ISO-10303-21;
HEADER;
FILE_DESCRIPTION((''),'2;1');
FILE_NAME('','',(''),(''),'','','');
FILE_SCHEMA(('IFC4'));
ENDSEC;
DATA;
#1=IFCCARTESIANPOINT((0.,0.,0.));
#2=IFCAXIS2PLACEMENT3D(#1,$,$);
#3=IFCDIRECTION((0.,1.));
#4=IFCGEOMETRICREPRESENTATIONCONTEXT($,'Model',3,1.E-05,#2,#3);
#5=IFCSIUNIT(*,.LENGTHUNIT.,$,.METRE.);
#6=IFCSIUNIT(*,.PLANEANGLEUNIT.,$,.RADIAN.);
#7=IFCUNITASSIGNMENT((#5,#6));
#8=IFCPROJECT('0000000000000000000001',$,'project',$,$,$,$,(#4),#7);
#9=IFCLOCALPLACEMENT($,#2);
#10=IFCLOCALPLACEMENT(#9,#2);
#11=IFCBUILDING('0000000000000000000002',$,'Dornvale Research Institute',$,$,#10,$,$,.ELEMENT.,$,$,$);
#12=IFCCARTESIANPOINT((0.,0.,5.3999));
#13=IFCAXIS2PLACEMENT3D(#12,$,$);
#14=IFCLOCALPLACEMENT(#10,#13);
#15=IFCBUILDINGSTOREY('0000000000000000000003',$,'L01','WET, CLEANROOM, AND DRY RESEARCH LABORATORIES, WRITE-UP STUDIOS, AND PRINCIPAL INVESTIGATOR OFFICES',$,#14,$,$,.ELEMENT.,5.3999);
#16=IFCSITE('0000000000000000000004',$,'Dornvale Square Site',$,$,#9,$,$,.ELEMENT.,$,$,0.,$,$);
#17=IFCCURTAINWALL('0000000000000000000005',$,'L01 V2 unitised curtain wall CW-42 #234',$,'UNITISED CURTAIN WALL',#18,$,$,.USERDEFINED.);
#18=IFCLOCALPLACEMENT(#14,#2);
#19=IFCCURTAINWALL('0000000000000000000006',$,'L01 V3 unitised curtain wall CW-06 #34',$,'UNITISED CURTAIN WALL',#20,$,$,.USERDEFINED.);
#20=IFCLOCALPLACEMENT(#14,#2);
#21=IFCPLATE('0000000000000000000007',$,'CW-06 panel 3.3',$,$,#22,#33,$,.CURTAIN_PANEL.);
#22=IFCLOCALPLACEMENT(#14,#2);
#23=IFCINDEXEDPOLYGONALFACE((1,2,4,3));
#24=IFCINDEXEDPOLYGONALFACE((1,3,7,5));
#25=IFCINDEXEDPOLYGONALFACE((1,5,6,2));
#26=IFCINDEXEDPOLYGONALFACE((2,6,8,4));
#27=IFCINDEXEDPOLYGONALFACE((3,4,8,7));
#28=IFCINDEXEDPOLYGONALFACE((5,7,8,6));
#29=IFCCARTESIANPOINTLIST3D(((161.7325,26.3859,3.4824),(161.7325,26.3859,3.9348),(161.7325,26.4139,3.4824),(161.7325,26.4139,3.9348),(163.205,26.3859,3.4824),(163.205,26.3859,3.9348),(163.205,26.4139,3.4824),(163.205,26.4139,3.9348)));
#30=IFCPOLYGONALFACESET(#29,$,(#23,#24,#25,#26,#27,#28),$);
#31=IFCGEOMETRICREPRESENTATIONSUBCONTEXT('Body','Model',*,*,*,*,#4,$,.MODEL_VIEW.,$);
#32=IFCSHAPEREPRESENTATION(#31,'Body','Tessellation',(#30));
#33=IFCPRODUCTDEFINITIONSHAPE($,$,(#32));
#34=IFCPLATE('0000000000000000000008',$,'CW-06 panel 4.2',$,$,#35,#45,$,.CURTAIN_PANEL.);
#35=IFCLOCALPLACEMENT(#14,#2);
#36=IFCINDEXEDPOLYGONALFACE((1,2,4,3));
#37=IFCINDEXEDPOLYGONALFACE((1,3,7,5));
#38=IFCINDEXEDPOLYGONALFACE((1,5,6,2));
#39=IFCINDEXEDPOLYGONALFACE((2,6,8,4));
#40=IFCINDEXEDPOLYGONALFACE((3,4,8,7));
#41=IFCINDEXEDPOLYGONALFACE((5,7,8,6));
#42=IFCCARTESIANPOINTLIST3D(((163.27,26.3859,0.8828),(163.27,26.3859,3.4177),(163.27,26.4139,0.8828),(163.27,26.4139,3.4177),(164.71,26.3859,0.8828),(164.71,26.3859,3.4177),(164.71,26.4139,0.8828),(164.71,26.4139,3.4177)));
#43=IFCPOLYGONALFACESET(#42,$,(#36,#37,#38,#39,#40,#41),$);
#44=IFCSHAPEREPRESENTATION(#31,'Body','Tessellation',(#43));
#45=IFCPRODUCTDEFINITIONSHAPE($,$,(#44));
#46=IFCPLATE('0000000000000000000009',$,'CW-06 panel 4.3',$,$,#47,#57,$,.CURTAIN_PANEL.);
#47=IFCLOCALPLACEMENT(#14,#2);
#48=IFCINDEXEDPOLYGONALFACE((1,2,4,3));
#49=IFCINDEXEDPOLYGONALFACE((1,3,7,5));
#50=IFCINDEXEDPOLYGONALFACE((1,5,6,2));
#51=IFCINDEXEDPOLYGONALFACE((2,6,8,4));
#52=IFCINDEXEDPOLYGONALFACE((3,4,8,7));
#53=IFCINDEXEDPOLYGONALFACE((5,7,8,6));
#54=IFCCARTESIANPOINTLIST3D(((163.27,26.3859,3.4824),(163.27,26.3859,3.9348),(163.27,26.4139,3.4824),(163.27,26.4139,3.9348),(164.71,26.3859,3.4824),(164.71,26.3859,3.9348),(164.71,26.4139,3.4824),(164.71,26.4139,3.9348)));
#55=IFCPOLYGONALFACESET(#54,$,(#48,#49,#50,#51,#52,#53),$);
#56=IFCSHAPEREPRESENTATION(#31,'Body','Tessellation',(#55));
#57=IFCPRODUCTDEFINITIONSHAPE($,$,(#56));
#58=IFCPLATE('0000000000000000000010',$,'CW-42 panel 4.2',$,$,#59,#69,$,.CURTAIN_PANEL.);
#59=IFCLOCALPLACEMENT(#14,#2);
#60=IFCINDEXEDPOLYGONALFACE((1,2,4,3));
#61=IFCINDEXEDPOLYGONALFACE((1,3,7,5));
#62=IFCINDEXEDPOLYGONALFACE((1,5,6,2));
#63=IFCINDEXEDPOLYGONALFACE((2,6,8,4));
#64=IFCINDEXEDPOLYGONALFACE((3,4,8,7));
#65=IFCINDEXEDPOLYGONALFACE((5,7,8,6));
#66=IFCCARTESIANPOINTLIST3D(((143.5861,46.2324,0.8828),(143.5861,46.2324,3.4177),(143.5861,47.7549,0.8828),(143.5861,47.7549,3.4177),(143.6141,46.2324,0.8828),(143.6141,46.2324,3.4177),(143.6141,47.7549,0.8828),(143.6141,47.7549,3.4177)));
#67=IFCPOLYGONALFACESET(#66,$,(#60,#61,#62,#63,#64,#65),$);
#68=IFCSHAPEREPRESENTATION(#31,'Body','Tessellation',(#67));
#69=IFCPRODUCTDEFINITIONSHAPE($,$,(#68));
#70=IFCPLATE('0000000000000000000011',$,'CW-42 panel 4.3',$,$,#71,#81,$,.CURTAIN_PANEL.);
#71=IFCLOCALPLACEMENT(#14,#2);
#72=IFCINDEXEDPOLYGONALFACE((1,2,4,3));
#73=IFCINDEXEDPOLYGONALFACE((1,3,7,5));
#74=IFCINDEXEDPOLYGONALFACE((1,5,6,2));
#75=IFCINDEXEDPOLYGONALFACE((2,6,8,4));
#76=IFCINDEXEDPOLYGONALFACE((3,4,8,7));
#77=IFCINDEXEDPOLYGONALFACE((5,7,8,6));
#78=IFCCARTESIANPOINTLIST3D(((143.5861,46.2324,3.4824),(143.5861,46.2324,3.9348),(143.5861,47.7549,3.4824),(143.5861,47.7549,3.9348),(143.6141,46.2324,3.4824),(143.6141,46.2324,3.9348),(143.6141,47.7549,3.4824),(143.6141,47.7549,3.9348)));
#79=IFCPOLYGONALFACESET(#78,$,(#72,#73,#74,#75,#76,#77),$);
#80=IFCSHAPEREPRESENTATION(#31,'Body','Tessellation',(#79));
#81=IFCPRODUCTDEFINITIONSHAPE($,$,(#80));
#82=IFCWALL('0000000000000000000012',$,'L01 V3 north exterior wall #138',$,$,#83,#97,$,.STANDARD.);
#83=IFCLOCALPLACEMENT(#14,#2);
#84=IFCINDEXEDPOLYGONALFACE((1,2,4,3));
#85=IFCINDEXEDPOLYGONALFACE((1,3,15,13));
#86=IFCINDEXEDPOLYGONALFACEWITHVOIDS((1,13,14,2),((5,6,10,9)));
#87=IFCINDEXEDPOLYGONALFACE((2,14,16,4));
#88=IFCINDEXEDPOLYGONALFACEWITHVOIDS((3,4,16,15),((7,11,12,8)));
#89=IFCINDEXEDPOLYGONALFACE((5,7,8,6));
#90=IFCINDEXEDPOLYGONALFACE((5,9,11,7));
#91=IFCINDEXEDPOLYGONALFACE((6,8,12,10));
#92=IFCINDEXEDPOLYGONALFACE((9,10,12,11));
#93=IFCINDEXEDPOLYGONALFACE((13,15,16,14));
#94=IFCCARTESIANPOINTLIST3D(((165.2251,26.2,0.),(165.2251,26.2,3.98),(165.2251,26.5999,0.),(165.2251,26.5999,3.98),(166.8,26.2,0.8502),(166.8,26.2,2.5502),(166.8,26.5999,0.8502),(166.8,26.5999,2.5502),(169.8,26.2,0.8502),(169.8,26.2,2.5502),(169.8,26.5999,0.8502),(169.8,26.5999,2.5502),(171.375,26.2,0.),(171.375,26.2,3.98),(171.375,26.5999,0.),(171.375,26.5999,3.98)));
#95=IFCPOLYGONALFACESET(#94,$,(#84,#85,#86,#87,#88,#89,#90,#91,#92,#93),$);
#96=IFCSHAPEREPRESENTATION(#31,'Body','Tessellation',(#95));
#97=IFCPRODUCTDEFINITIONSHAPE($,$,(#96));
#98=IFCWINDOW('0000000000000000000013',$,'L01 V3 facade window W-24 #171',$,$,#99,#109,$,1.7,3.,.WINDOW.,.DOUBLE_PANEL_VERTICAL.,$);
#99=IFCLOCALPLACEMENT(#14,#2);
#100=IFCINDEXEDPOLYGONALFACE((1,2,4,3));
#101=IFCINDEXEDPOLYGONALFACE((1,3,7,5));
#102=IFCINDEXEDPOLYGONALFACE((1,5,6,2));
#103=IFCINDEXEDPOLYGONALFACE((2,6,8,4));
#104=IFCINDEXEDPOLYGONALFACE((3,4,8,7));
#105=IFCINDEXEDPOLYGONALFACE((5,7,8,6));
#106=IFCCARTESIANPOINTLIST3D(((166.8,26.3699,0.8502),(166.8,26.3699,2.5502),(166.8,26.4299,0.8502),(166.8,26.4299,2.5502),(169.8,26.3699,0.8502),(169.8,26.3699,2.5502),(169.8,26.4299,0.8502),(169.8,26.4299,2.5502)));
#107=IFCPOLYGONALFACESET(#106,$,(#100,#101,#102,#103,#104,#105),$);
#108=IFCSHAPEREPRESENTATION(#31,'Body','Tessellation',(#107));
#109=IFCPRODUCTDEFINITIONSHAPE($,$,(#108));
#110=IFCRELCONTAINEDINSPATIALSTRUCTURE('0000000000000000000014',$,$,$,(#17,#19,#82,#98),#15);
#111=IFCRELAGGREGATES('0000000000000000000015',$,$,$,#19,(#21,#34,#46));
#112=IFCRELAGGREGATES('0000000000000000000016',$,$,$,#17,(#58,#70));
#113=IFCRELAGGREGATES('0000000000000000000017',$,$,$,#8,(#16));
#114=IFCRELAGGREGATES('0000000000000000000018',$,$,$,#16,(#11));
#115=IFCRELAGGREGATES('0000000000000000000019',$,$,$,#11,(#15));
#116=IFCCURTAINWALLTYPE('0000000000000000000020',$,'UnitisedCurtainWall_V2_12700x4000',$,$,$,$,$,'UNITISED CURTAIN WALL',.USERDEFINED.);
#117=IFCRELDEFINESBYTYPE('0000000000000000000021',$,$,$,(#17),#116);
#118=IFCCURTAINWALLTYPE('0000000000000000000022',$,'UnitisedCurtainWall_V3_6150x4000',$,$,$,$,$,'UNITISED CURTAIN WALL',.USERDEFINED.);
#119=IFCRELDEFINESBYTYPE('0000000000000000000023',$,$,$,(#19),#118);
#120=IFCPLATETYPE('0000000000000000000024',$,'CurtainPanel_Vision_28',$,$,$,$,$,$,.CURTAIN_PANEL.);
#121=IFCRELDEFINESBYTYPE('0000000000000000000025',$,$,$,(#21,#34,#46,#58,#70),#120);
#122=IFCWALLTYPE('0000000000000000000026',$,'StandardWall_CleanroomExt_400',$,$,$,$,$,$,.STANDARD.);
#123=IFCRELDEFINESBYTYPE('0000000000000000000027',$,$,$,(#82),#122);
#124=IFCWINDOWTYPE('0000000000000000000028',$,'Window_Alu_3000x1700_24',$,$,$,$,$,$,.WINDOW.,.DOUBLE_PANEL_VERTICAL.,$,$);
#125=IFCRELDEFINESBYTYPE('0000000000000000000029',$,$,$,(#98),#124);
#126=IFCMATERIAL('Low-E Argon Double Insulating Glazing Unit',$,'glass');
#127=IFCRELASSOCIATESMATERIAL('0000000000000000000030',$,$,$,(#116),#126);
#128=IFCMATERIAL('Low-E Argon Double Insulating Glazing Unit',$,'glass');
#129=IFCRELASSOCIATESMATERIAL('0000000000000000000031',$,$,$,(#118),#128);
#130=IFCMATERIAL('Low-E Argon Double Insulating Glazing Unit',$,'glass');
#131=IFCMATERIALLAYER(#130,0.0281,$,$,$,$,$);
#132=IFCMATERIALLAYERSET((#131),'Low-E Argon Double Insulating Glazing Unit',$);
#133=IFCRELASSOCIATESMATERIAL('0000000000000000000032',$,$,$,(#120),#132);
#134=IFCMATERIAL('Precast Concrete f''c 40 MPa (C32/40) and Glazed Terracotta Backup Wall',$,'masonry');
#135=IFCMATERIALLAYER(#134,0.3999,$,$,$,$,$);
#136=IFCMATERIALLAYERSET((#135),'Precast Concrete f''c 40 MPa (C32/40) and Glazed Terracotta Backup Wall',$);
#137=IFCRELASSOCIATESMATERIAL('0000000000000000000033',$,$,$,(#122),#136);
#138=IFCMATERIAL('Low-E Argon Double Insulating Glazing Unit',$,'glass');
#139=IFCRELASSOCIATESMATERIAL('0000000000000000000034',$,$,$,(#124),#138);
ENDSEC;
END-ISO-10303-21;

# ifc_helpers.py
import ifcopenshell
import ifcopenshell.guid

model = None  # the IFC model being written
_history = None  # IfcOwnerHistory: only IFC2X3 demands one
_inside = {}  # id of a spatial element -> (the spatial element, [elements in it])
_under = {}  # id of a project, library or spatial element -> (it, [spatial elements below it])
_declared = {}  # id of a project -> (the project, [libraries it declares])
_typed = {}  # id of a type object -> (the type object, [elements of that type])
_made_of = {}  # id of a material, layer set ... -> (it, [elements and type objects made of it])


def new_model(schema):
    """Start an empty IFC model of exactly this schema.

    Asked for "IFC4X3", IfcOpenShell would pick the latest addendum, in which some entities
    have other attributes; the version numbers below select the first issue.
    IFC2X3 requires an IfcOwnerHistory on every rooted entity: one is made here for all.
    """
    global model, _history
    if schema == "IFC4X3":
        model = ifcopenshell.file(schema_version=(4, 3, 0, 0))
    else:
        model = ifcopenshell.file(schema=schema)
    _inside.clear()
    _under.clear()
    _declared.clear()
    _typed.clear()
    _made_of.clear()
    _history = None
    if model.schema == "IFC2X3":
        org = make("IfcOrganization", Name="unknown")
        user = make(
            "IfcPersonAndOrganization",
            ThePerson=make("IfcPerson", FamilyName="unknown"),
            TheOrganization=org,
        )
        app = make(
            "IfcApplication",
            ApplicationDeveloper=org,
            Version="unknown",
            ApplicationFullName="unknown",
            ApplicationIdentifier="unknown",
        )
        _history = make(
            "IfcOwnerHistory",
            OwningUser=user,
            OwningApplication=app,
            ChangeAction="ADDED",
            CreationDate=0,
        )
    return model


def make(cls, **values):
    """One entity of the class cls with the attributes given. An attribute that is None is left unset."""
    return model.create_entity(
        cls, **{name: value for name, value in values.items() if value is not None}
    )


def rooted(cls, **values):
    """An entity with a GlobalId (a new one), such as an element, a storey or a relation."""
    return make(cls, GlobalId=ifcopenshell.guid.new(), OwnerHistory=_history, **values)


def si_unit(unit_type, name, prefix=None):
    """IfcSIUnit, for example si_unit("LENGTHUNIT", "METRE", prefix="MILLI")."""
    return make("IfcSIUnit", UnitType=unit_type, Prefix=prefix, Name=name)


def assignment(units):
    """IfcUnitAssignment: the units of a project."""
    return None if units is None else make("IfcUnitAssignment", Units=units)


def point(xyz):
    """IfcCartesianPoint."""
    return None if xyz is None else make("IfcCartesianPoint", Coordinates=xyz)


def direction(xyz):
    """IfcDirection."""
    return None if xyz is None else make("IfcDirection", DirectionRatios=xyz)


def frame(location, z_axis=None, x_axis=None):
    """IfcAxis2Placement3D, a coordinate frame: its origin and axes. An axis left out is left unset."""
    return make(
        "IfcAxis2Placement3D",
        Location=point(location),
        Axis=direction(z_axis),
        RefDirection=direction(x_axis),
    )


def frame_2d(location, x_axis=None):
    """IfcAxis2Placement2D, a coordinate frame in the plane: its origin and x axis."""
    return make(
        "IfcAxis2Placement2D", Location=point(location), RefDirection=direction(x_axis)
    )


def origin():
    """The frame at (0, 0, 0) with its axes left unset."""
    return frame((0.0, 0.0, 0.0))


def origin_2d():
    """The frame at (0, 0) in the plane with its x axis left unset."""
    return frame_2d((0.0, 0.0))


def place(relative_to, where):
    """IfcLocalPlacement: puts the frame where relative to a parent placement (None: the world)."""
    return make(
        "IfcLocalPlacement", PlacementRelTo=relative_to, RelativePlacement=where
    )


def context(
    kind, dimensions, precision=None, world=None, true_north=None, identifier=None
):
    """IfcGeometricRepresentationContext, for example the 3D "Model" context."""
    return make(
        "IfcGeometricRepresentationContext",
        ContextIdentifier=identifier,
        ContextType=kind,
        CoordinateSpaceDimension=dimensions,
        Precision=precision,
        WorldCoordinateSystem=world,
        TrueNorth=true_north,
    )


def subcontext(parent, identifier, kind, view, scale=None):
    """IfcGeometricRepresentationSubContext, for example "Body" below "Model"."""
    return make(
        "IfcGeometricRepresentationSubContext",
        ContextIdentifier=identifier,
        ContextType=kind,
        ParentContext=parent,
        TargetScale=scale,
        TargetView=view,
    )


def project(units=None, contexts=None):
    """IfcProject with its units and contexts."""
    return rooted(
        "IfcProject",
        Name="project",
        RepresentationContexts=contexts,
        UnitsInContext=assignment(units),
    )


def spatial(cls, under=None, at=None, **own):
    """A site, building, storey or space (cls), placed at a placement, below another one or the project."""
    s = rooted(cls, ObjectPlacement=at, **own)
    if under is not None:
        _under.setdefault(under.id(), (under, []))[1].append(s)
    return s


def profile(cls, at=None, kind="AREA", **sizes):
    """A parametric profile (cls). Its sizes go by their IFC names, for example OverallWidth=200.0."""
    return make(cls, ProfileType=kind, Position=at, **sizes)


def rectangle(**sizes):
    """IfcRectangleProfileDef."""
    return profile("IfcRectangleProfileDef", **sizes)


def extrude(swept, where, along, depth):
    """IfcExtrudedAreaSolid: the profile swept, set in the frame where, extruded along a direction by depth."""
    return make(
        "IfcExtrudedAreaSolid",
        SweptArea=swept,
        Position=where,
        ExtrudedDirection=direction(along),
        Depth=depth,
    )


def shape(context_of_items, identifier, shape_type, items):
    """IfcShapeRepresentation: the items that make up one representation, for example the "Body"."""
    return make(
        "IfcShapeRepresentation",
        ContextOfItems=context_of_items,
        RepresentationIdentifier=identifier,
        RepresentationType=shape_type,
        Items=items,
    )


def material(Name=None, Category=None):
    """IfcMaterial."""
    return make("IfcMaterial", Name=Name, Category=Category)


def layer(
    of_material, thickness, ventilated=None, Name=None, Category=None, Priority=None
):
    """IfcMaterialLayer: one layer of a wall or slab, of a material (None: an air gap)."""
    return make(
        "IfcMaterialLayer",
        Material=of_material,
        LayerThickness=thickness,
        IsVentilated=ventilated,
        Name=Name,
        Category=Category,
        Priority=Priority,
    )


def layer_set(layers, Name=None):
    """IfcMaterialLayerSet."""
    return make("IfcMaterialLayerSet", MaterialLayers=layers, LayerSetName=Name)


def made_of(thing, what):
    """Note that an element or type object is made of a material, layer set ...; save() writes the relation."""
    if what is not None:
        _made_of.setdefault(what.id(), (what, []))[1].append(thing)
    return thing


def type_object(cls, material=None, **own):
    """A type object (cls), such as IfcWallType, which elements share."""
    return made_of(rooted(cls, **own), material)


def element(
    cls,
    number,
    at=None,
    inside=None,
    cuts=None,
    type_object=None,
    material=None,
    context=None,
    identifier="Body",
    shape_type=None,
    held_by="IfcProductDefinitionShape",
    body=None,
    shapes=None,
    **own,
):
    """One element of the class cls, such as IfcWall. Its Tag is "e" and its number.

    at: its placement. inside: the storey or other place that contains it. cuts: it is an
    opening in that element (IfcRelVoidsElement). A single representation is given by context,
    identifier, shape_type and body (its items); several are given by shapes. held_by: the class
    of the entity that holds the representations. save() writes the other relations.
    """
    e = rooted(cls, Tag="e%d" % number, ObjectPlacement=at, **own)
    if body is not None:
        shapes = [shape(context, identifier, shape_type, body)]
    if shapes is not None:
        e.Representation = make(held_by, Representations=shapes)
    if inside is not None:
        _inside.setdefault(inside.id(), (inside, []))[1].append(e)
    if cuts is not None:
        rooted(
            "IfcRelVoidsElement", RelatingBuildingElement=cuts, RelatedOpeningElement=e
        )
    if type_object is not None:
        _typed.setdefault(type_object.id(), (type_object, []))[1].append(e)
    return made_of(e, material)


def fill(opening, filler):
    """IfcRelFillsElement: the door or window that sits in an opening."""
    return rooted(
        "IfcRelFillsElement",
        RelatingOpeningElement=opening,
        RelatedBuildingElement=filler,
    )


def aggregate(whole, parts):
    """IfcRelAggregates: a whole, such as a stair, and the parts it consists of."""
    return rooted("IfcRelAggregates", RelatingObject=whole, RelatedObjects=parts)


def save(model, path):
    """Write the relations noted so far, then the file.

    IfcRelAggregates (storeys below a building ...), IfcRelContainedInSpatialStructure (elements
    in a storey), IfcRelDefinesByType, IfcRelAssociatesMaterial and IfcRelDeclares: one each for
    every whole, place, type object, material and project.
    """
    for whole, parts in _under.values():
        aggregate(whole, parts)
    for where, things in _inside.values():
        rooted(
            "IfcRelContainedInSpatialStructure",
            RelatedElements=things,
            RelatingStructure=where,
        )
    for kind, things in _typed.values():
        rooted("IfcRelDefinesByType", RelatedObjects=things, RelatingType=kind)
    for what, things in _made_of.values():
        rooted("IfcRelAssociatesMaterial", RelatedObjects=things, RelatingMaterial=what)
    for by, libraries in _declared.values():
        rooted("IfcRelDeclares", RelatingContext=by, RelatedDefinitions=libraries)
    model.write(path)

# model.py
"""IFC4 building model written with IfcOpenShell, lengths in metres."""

from ifc_helpers import new_model, si_unit, direction, frame, frame_2d, origin, origin_2d, place, context, subcontext, project, spatial, rectangle, extrude, material, layer, layer_set, type_object, element, fill, aggregate, save


model = new_model("IFC4")

# Units and contexts
model_context = context("Model", 3, precision=1e-05, world=origin(), true_north=direction((0.0, 1.0)))
body_context = subcontext(model_context, "Body", "Model", "MODEL_VIEW")
ifc_project = project(units=[si_unit("LENGTHUNIT", "METRE"), si_unit("PLANEANGLEUNIT", "RADIAN")], contexts=[model_context])

# Site, building, storey
site_placement = place(None, origin())
site = spatial("IfcSite", under=ifc_project, at=site_placement, Name="Dornvale Square Site", CompositionType="ELEMENT", RefElevation=0.0)
building_placement = place(site_placement, origin())
building = spatial("IfcBuilding", under=site, at=building_placement, Name="Dornvale Research Institute", CompositionType="ELEMENT")
storey_placement = place(building_placement, frame((0.0, 0.0, 5.3999)))
storey = spatial("IfcBuildingStorey", under=building, at=storey_placement, Name="L01", Description="WET, CLEANROOM, AND DRY RESEARCH LABORATORIES, WRITE-UP STUDIOS, AND PRINCIPAL INVESTIGATOR OFFICES", CompositionType="ELEMENT", Elevation=5.3999)

# Curtain wall
ifc_material_1 = material(Name="Low-E Argon Double Insulating Glazing Unit", Category="glass")
curtain_wall_type_1 = type_object("IfcCurtainWallType", Name="UnitisedCurtainWall_V2_12700x4000", ElementType="UNITISED CURTAIN WALL", PredefinedType="USERDEFINED", material=ifc_material_1)
curtain_wall_1_placement = place(storey_placement, origin())
curtain_wall_1 = element("IfcCurtainWall", 1, at=curtain_wall_1_placement, inside=storey, type_object=curtain_wall_type_1, Name="L01 V2 unitised curtain wall CW-42 #234", ObjectType="UNITISED CURTAIN WALL", PredefinedType="USERDEFINED")

# Curtain wall
ifc_material_2 = material(Name="Low-E Argon Double Insulating Glazing Unit", Category="glass")
curtain_wall_type_2 = type_object("IfcCurtainWallType", Name="UnitisedCurtainWall_V3_6150x4000", ElementType="UNITISED CURTAIN WALL", PredefinedType="USERDEFINED", material=ifc_material_2)
curtain_wall_2_placement = place(storey_placement, origin())
curtain_wall_2 = element("IfcCurtainWall", 2, at=curtain_wall_2_placement, inside=storey, type_object=curtain_wall_type_2, Name="L01 V3 unitised curtain wall CW-06 #34", ObjectType="UNITISED CURTAIN WALL", PredefinedType="USERDEFINED")

# Plates
ifc_material_3 = material(Name="Low-E Argon Double Insulating Glazing Unit", Category="glass")
ifc_layer_1 = layer(ifc_material_3, 0.0281)
ifc_layer_set_1 = layer_set([ifc_layer_1], Name="Low-E Argon Double Insulating Glazing Unit")
plate_type_1 = type_object("IfcPlateType", Name="CurtainPanel_Vision_28", PredefinedType="CURTAIN_PANEL", material=ifc_layer_set_1)
plate_1_placement = place(storey_placement, frame((162.4688, 26.3999, 3.4824), z_axis=(0.0, 0.0, 1.0), x_axis=(1.0, 0.0, 0.0)))
plate_1 = element("IfcPlate", 3, at=plate_1_placement, type_object=plate_type_1, Name="CW-06 panel 3.3", PredefinedType="CURTAIN_PANEL", context=body_context, shape_type="SweptSolid", body=[
    extrude(rectangle(XDim=1.4724, YDim=0.0281, at=origin_2d()), origin(), (0.0, 0.0, 1.0), 0.4524),
])
plate_2_placement = place(storey_placement, frame((163.99, 26.3999, 0.8828), z_axis=(0.0, 0.0, 1.0), x_axis=(1.0, 0.0, 0.0)))
plate_2 = element("IfcPlate", 4, at=plate_2_placement, type_object=plate_type_1, Name="CW-06 panel 4.2", PredefinedType="CURTAIN_PANEL", context=body_context, shape_type="SweptSolid", body=[
    extrude(rectangle(XDim=1.4399, YDim=0.0281, at=origin_2d()), origin(), (0.0, 0.0, 1.0), 2.5349),
])
plate_3_placement = place(storey_placement, frame((163.99, 26.3999, 3.4824), z_axis=(0.0, 0.0, 1.0), x_axis=(1.0, 0.0, 0.0)))
plate_3 = element("IfcPlate", 5, at=plate_3_placement, type_object=plate_type_1, Name="CW-06 panel 4.3", PredefinedType="CURTAIN_PANEL", context=body_context, shape_type="SweptSolid", body=[
    extrude(rectangle(XDim=1.4399, YDim=0.0281, at=origin_2d()), origin(), (0.0, 0.0, 1.0), 0.4524),
])
aggregate(curtain_wall_2, [plate_1, plate_2, plate_3])
plate_4_placement = place(storey_placement, frame((143.6001, 46.9937, 0.8828), z_axis=(0.0, 0.0, 1.0), x_axis=(0.0, -1.0, 0.0)))
plate_4 = element("IfcPlate", 6, at=plate_4_placement, type_object=plate_type_1, Name="CW-42 panel 4.2", PredefinedType="CURTAIN_PANEL", context=body_context, shape_type="SweptSolid", body=[
    extrude(rectangle(XDim=1.5225, YDim=0.0281, at=origin_2d()), origin(), (0.0, 0.0, 1.0), 2.5349),
])
plate_5_placement = place(storey_placement, frame((143.6001, 46.9937, 3.4824), z_axis=(0.0, 0.0, 1.0), x_axis=(0.0, -1.0, 0.0)))
plate_5 = element("IfcPlate", 7, at=plate_5_placement, type_object=plate_type_1, Name="CW-42 panel 4.3", PredefinedType="CURTAIN_PANEL", context=body_context, shape_type="SweptSolid", body=[
    extrude(rectangle(XDim=1.5225, YDim=0.0281, at=origin_2d()), origin(), (0.0, 0.0, 1.0), 0.4524),
])
aggregate(curtain_wall_1, [plate_4, plate_5])

# Wall, opening, window
ifc_material_4 = material(Name="Precast Concrete f'c 40 MPa (C32/40) and Glazed Terracotta Backup Wall", Category="masonry")
ifc_layer_2 = layer(ifc_material_4, 0.3999)
ifc_layer_set_2 = layer_set([ifc_layer_2], Name="Precast Concrete f'c 40 MPa (C32/40) and Glazed Terracotta Backup Wall")
wall_type = type_object("IfcWallType", Name="StandardWall_CleanroomExt_400", PredefinedType="STANDARD", material=ifc_layer_set_2)
wall_placement = place(storey_placement, frame((165.2251, 26.3999, 0.0), z_axis=(0.0, 0.0, 1.0), x_axis=(1.0, 0.0, 0.0)))
wall = element("IfcWall", 8, at=wall_placement, inside=storey, type_object=wall_type, Name="L01 V3 north exterior wall #138", PredefinedType="STANDARD", context=body_context, shape_type="SweptSolid", body=[
    extrude(rectangle(XDim=6.1499, YDim=0.3999, at=frame_2d((3.075, 0.0))), origin(), (0.0, 0.0, 1.0), 3.98),
])
opening_placement = place(wall_placement, frame((1.575, 0.0, 0.8501)))
opening = element("IfcOpeningElement", 9, at=opening_placement, cuts=wall, PredefinedType="OPENING", context=body_context, shape_type="SweptSolid", body=[
    extrude(rectangle(XDim=3.0, YDim=1.7, at=frame_2d((1.5, 0.8501))), frame((0.0, 0.2148, 0.0), z_axis=(0.0, -1.0, 0.0), x_axis=(1.0, 0.0, 0.0)), (0.0, 0.0, 1.0), 0.4299),
])
ifc_material_5 = material(Name="Low-E Argon Double Insulating Glazing Unit", Category="glass")
window_type = type_object("IfcWindowType", Name="Window_Alu_3000x1700_24", PartitioningType="DOUBLE_PANEL_VERTICAL", PredefinedType="WINDOW", material=ifc_material_5)
window_placement = place(opening_placement, origin())
window = element("IfcWindow", 10, at=window_placement, inside=storey, type_object=window_type, Name="L01 V3 facade window W-24 #171", OverallHeight=1.7, OverallWidth=3.0, PartitioningType="DOUBLE_PANEL_VERTICAL", PredefinedType="WINDOW", context=body_context, shape_type="SweptSolid", body=[
    extrude(rectangle(XDim=3.0, YDim=1.7, at=frame_2d((1.5, 0.8501))), frame((0.0, 0.03, 0.0), z_axis=(0.0, -1.0, 0.0), x_axis=(1.0, 0.0, 0.0)), (0.0, 0.0, 1.0), 0.0601),
])
fill(opening, window)

save(model, "model.ifc")
